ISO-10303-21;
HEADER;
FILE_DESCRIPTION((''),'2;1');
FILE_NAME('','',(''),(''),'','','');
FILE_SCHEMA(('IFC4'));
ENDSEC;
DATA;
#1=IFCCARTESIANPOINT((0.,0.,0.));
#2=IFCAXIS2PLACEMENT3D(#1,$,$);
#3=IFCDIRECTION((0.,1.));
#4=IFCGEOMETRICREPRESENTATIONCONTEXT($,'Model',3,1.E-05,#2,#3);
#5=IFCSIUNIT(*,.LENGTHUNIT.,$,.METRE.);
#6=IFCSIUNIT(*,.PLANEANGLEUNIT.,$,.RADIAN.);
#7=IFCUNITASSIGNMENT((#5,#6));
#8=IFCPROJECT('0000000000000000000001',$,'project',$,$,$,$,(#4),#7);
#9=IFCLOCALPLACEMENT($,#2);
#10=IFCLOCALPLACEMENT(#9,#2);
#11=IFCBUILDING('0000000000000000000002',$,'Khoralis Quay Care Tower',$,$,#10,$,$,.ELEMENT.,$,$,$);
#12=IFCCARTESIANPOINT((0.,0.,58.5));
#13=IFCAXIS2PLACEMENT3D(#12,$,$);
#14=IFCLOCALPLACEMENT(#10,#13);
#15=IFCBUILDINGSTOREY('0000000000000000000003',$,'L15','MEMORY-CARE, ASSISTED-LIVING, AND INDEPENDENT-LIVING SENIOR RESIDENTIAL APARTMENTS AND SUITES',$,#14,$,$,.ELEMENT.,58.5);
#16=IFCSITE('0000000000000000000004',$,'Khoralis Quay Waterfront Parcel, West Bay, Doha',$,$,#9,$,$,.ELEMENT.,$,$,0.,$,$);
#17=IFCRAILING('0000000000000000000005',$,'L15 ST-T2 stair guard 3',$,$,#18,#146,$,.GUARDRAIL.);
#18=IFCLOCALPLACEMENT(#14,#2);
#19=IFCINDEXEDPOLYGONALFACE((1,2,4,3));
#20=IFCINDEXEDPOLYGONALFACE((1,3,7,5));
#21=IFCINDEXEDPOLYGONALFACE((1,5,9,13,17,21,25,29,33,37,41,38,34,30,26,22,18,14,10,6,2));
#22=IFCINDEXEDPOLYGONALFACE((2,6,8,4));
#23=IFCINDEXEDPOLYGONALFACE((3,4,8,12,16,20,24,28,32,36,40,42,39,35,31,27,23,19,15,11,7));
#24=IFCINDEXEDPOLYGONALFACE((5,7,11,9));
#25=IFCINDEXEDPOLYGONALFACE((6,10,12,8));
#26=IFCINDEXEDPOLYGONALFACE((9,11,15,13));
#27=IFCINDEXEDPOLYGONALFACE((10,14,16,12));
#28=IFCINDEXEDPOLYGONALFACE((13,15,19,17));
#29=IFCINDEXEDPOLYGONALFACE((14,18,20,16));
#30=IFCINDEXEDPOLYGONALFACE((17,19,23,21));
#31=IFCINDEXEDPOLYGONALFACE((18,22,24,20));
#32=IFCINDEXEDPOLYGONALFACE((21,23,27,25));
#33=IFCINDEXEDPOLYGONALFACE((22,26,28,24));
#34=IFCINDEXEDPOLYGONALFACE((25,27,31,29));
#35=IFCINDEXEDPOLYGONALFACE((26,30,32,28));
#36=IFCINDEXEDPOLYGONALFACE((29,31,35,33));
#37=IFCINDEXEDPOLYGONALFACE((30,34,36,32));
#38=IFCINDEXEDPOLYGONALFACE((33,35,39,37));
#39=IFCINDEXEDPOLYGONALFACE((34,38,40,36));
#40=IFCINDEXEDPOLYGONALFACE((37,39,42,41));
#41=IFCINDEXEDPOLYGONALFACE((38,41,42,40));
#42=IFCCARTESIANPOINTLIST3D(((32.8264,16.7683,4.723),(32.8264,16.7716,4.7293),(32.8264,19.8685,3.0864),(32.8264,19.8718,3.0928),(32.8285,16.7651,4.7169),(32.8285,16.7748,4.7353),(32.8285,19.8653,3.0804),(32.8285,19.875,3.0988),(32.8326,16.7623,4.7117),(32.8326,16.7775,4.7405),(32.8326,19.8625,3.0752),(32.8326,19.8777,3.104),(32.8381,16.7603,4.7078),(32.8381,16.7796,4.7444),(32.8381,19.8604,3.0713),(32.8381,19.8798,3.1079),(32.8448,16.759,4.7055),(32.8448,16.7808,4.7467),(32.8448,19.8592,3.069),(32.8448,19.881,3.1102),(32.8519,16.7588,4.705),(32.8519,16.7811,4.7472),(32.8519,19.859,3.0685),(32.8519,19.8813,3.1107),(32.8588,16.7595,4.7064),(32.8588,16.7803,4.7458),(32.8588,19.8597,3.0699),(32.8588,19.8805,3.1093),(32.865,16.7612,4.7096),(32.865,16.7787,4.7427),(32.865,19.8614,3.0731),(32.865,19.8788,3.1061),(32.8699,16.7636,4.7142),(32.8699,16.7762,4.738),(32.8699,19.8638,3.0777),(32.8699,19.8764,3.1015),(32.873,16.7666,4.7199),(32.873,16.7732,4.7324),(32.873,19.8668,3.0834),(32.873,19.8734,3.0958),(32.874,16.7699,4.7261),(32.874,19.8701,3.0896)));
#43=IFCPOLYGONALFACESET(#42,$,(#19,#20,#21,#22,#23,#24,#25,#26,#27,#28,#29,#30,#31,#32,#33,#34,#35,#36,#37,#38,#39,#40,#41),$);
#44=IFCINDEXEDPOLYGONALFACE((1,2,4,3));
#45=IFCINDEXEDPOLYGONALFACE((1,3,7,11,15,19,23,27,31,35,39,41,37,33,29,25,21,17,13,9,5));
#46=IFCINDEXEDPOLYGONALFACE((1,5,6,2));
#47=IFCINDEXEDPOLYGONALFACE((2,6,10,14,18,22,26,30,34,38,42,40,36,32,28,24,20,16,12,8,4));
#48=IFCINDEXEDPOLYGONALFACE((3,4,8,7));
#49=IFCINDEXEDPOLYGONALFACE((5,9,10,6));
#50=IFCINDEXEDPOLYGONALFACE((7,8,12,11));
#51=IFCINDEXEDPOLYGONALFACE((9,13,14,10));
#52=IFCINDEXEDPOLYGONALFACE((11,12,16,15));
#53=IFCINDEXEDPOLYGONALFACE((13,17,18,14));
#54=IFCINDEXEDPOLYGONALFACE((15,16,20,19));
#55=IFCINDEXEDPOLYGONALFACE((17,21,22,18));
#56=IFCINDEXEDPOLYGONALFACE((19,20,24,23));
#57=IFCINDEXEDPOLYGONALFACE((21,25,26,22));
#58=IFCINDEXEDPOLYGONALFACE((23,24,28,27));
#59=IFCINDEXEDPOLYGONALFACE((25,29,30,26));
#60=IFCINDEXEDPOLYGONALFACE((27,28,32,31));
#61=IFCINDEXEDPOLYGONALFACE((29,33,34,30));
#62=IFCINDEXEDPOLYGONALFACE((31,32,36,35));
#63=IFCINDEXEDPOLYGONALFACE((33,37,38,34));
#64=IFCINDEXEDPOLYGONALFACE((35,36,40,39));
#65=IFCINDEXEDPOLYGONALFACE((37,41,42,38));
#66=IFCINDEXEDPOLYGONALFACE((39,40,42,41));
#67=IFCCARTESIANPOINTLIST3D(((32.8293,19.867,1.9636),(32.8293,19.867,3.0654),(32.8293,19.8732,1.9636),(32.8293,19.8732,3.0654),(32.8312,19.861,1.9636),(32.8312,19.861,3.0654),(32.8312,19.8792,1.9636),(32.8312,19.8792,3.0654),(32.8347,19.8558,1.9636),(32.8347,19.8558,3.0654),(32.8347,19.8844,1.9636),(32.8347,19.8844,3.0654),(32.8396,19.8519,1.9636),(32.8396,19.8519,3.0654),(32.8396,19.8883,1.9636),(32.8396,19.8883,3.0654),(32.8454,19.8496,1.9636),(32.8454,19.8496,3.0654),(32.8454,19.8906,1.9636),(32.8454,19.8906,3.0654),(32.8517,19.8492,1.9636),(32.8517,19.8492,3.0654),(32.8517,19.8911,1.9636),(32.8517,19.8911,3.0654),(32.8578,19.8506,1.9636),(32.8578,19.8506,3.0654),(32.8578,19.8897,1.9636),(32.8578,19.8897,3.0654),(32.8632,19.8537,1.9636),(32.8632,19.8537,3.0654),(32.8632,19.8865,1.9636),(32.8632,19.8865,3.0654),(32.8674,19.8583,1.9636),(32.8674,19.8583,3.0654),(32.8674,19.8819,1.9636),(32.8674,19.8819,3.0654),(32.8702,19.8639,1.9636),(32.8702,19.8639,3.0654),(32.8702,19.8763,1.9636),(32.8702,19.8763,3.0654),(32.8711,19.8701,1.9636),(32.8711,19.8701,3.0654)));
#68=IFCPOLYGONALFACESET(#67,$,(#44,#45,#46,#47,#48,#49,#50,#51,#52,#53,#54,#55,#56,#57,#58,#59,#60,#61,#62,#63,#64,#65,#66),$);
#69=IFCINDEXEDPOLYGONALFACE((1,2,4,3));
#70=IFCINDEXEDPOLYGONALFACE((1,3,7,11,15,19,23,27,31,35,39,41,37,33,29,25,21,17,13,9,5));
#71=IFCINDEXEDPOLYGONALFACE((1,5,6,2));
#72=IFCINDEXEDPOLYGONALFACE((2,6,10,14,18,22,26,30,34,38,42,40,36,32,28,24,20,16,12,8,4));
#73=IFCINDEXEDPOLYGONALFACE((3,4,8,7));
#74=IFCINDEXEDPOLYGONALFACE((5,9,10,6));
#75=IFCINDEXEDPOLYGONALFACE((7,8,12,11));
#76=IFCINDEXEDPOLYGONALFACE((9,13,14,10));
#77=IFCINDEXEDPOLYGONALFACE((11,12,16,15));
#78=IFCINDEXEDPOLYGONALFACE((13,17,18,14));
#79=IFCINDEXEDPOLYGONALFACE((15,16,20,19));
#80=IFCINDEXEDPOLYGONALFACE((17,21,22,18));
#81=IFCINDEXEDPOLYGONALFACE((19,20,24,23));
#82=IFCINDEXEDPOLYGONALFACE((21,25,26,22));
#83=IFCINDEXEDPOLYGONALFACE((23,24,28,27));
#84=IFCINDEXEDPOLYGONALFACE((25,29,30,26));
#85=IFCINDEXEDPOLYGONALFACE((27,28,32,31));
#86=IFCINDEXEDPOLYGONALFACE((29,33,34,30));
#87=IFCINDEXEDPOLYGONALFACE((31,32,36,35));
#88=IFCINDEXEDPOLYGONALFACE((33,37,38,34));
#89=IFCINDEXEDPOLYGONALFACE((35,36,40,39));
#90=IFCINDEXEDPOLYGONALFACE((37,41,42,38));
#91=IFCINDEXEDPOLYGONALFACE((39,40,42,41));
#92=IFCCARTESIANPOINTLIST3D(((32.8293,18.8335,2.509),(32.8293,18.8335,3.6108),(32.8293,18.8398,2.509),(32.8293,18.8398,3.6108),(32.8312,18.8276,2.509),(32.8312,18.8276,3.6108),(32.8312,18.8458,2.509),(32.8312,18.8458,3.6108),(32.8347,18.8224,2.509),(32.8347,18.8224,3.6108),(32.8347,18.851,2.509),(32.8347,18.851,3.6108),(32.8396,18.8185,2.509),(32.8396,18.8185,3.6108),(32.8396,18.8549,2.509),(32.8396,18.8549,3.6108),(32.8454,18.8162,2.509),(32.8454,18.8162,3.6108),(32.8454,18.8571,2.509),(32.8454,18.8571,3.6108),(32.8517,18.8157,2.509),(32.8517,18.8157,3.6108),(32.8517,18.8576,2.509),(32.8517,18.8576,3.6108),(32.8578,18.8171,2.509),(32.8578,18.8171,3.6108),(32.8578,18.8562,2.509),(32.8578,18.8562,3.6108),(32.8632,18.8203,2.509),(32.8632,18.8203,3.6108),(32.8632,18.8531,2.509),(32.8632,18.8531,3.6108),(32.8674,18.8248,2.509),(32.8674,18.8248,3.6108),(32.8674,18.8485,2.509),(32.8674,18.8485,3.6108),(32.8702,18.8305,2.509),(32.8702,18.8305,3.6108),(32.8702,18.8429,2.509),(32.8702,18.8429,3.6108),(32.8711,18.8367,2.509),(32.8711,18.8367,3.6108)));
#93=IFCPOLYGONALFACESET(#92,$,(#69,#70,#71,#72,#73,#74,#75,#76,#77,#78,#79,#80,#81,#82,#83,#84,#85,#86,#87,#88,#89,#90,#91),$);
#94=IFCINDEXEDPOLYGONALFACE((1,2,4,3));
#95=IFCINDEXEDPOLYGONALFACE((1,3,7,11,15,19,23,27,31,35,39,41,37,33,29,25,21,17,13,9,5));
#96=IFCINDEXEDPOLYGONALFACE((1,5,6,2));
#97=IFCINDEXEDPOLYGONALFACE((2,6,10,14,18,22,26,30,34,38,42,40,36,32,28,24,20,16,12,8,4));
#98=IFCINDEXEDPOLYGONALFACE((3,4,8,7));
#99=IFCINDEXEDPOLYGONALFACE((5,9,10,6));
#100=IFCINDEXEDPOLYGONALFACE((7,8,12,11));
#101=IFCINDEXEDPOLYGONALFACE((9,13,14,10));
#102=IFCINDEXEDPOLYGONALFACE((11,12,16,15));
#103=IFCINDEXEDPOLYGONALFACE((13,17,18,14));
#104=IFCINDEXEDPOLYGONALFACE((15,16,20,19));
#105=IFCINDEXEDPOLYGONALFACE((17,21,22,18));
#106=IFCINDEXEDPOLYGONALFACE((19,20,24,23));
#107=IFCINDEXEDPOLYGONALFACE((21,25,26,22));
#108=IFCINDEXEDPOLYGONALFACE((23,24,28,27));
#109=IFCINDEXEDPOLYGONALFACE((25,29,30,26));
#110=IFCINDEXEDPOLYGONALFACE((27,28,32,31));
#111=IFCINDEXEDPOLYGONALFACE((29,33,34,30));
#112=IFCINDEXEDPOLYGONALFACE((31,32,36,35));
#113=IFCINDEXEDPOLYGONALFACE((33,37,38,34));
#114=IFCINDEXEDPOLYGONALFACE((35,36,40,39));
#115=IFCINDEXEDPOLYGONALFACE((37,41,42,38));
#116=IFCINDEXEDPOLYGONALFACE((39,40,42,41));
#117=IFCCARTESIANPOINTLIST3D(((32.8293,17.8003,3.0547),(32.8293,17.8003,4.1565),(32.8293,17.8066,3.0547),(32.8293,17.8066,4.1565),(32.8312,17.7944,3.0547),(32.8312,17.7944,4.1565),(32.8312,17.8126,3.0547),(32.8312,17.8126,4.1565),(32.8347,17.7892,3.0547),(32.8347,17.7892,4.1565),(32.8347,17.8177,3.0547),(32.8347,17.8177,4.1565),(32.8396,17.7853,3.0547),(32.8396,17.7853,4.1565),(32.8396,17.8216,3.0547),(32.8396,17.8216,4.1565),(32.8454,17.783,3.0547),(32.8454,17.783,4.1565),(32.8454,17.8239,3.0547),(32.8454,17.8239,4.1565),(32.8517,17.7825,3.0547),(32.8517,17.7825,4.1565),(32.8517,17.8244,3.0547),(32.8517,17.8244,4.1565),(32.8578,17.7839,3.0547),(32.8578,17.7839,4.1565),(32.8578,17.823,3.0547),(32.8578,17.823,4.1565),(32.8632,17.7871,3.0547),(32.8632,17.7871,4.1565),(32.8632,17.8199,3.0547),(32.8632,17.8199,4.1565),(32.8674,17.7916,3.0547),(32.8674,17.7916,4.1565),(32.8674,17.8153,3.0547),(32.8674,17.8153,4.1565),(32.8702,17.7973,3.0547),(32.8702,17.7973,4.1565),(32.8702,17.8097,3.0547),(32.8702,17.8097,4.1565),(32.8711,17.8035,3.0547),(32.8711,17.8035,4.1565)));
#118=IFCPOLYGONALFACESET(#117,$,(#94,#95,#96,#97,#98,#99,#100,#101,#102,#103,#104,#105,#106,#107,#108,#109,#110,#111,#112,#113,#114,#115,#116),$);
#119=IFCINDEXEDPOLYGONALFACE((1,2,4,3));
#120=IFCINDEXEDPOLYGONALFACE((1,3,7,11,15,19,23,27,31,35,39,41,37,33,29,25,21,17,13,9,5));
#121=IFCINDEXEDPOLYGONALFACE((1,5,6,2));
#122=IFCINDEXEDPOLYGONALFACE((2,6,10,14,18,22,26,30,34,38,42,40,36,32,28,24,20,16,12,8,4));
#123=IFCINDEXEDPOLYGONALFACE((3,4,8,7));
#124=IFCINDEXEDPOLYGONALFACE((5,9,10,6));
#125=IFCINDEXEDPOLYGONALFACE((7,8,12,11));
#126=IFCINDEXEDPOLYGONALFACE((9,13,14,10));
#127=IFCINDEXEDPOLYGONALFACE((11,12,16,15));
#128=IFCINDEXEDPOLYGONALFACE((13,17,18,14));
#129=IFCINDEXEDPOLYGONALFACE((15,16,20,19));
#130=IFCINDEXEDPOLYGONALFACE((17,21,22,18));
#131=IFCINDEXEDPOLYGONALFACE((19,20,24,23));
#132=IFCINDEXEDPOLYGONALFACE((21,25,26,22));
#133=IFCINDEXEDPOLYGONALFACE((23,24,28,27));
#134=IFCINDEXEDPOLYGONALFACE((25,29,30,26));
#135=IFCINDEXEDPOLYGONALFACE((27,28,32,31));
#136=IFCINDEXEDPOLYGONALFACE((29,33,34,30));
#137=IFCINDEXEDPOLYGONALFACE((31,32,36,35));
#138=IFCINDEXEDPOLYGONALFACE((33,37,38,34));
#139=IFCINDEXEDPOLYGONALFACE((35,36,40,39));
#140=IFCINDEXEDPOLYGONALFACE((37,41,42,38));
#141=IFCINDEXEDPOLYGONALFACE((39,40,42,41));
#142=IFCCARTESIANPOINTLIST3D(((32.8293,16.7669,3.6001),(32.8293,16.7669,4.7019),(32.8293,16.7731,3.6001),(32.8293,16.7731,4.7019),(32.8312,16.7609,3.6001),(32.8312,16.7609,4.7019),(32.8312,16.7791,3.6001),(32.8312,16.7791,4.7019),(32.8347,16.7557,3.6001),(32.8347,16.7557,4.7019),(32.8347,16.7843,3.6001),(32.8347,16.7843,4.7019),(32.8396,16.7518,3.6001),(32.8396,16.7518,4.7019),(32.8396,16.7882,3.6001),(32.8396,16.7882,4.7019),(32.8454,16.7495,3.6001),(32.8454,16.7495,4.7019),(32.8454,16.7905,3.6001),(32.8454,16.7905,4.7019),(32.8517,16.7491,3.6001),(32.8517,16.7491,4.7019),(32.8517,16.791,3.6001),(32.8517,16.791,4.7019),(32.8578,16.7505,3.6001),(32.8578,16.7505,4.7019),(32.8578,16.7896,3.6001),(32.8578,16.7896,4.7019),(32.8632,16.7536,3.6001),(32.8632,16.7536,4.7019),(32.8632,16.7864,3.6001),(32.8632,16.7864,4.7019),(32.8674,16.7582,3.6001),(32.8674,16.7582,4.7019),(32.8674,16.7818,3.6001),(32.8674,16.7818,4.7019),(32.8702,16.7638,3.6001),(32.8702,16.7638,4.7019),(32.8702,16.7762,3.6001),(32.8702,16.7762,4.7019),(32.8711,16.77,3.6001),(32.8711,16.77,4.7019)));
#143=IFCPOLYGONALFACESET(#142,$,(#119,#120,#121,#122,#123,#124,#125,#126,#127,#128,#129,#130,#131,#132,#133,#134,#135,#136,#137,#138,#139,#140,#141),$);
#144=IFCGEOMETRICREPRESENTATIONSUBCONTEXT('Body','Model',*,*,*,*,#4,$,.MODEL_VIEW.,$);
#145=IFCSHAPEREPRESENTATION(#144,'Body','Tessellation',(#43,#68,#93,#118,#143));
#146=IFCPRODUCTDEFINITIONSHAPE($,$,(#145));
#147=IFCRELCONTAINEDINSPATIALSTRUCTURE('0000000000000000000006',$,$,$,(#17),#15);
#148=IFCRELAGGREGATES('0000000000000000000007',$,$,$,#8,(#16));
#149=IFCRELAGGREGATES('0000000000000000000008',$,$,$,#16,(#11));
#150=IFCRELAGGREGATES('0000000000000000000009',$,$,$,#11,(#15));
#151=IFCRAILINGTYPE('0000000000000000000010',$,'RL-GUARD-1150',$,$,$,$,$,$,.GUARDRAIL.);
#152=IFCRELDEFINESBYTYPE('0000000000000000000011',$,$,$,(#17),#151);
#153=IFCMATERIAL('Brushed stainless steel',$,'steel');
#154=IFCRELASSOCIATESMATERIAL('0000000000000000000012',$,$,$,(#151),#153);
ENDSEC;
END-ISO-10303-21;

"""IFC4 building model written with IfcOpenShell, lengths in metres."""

from ifc_helpers import new_model, si_unit, direction, frame, origin, origin_2d, place, context, subcontext, project, spatial, circle, extrude, material, type_object, element, save


model = new_model("IFC4")

# Units and contexts
model_context = context("Model", 3, precision=1e-05, world=origin(), true_north=direction((0.0, 1.0)))
body_context = subcontext(model_context, "Body", "Model", "MODEL_VIEW")
ifc_project = project(units=[si_unit("LENGTHUNIT", "METRE"), si_unit("PLANEANGLEUNIT", "RADIAN")], contexts=[model_context])

# Site, building, storey
site_placement = place(None, origin())
site = spatial("IfcSite", under=ifc_project, at=site_placement, Name="Khoralis Quay Waterfront Parcel, West Bay, Doha", CompositionType="ELEMENT", RefElevation=0.0)
building_placement = place(site_placement, origin())
building = spatial("IfcBuilding", under=site, at=building_placement, Name="Khoralis Quay Care Tower", CompositionType="ELEMENT")
storey_placement = place(building_placement, frame((0.0, 0.0, 58.5)))
storey = spatial("IfcBuildingStorey", under=building, at=storey_placement, Name="L15", Description="MEMORY-CARE, ASSISTED-LIVING, AND INDEPENDENT-LIVING SENIOR RESIDENTIAL APARTMENTS AND SUITES", CompositionType="ELEMENT", Elevation=58.5)

# Shared definitions
ifc_material_1 = material(Name="Brushed stainless steel", Category="steel")

# Railing
railing_type_1 = type_object("IfcRailingType", Name="RL-GUARD-1150", PredefinedType="GUARDRAIL", material=ifc_material_1)
railing_1_placement = place(storey_placement, frame((32.8501, 19.8701, 1.9636)))
element("IfcRailing", 1, at=railing_1_placement, inside=storey, type_object=railing_type_1, Name="L15 ST-T2 stair guard 3", PredefinedType="GUARDRAIL", context=body_context, shape_type="SweptSolid", body=[
    extrude(circle(Radius=0.0239, at=origin_2d()), frame((0.0, 0.0, 1.126), z_axis=(0.0, -0.884348, 0.466828), x_axis=(1.0, 0.0, 0.0)), (0.0, 0.0, 1.0), 3.5056),
    extrude(circle(Radius=0.021, at=origin_2d()), origin(), (0.0, 0.0, 1.0), 1.1018),
    extrude(circle(Radius=0.021, at=origin_2d()), frame((0.0, -1.0334, 0.5454)), (0.0, 0.0, 1.0), 1.1018),
    extrude(circle(Radius=0.021, at=origin_2d()), frame((0.0, -2.0667, 1.0911)), (0.0, 0.0, 1.0), 1.1018),
    extrude(circle(Radius=0.021, at=origin_2d()), frame((0.0, -3.1001, 1.6365)), (0.0, 0.0, 1.0), 1.1018),
])

save(model, "model.ifc")
